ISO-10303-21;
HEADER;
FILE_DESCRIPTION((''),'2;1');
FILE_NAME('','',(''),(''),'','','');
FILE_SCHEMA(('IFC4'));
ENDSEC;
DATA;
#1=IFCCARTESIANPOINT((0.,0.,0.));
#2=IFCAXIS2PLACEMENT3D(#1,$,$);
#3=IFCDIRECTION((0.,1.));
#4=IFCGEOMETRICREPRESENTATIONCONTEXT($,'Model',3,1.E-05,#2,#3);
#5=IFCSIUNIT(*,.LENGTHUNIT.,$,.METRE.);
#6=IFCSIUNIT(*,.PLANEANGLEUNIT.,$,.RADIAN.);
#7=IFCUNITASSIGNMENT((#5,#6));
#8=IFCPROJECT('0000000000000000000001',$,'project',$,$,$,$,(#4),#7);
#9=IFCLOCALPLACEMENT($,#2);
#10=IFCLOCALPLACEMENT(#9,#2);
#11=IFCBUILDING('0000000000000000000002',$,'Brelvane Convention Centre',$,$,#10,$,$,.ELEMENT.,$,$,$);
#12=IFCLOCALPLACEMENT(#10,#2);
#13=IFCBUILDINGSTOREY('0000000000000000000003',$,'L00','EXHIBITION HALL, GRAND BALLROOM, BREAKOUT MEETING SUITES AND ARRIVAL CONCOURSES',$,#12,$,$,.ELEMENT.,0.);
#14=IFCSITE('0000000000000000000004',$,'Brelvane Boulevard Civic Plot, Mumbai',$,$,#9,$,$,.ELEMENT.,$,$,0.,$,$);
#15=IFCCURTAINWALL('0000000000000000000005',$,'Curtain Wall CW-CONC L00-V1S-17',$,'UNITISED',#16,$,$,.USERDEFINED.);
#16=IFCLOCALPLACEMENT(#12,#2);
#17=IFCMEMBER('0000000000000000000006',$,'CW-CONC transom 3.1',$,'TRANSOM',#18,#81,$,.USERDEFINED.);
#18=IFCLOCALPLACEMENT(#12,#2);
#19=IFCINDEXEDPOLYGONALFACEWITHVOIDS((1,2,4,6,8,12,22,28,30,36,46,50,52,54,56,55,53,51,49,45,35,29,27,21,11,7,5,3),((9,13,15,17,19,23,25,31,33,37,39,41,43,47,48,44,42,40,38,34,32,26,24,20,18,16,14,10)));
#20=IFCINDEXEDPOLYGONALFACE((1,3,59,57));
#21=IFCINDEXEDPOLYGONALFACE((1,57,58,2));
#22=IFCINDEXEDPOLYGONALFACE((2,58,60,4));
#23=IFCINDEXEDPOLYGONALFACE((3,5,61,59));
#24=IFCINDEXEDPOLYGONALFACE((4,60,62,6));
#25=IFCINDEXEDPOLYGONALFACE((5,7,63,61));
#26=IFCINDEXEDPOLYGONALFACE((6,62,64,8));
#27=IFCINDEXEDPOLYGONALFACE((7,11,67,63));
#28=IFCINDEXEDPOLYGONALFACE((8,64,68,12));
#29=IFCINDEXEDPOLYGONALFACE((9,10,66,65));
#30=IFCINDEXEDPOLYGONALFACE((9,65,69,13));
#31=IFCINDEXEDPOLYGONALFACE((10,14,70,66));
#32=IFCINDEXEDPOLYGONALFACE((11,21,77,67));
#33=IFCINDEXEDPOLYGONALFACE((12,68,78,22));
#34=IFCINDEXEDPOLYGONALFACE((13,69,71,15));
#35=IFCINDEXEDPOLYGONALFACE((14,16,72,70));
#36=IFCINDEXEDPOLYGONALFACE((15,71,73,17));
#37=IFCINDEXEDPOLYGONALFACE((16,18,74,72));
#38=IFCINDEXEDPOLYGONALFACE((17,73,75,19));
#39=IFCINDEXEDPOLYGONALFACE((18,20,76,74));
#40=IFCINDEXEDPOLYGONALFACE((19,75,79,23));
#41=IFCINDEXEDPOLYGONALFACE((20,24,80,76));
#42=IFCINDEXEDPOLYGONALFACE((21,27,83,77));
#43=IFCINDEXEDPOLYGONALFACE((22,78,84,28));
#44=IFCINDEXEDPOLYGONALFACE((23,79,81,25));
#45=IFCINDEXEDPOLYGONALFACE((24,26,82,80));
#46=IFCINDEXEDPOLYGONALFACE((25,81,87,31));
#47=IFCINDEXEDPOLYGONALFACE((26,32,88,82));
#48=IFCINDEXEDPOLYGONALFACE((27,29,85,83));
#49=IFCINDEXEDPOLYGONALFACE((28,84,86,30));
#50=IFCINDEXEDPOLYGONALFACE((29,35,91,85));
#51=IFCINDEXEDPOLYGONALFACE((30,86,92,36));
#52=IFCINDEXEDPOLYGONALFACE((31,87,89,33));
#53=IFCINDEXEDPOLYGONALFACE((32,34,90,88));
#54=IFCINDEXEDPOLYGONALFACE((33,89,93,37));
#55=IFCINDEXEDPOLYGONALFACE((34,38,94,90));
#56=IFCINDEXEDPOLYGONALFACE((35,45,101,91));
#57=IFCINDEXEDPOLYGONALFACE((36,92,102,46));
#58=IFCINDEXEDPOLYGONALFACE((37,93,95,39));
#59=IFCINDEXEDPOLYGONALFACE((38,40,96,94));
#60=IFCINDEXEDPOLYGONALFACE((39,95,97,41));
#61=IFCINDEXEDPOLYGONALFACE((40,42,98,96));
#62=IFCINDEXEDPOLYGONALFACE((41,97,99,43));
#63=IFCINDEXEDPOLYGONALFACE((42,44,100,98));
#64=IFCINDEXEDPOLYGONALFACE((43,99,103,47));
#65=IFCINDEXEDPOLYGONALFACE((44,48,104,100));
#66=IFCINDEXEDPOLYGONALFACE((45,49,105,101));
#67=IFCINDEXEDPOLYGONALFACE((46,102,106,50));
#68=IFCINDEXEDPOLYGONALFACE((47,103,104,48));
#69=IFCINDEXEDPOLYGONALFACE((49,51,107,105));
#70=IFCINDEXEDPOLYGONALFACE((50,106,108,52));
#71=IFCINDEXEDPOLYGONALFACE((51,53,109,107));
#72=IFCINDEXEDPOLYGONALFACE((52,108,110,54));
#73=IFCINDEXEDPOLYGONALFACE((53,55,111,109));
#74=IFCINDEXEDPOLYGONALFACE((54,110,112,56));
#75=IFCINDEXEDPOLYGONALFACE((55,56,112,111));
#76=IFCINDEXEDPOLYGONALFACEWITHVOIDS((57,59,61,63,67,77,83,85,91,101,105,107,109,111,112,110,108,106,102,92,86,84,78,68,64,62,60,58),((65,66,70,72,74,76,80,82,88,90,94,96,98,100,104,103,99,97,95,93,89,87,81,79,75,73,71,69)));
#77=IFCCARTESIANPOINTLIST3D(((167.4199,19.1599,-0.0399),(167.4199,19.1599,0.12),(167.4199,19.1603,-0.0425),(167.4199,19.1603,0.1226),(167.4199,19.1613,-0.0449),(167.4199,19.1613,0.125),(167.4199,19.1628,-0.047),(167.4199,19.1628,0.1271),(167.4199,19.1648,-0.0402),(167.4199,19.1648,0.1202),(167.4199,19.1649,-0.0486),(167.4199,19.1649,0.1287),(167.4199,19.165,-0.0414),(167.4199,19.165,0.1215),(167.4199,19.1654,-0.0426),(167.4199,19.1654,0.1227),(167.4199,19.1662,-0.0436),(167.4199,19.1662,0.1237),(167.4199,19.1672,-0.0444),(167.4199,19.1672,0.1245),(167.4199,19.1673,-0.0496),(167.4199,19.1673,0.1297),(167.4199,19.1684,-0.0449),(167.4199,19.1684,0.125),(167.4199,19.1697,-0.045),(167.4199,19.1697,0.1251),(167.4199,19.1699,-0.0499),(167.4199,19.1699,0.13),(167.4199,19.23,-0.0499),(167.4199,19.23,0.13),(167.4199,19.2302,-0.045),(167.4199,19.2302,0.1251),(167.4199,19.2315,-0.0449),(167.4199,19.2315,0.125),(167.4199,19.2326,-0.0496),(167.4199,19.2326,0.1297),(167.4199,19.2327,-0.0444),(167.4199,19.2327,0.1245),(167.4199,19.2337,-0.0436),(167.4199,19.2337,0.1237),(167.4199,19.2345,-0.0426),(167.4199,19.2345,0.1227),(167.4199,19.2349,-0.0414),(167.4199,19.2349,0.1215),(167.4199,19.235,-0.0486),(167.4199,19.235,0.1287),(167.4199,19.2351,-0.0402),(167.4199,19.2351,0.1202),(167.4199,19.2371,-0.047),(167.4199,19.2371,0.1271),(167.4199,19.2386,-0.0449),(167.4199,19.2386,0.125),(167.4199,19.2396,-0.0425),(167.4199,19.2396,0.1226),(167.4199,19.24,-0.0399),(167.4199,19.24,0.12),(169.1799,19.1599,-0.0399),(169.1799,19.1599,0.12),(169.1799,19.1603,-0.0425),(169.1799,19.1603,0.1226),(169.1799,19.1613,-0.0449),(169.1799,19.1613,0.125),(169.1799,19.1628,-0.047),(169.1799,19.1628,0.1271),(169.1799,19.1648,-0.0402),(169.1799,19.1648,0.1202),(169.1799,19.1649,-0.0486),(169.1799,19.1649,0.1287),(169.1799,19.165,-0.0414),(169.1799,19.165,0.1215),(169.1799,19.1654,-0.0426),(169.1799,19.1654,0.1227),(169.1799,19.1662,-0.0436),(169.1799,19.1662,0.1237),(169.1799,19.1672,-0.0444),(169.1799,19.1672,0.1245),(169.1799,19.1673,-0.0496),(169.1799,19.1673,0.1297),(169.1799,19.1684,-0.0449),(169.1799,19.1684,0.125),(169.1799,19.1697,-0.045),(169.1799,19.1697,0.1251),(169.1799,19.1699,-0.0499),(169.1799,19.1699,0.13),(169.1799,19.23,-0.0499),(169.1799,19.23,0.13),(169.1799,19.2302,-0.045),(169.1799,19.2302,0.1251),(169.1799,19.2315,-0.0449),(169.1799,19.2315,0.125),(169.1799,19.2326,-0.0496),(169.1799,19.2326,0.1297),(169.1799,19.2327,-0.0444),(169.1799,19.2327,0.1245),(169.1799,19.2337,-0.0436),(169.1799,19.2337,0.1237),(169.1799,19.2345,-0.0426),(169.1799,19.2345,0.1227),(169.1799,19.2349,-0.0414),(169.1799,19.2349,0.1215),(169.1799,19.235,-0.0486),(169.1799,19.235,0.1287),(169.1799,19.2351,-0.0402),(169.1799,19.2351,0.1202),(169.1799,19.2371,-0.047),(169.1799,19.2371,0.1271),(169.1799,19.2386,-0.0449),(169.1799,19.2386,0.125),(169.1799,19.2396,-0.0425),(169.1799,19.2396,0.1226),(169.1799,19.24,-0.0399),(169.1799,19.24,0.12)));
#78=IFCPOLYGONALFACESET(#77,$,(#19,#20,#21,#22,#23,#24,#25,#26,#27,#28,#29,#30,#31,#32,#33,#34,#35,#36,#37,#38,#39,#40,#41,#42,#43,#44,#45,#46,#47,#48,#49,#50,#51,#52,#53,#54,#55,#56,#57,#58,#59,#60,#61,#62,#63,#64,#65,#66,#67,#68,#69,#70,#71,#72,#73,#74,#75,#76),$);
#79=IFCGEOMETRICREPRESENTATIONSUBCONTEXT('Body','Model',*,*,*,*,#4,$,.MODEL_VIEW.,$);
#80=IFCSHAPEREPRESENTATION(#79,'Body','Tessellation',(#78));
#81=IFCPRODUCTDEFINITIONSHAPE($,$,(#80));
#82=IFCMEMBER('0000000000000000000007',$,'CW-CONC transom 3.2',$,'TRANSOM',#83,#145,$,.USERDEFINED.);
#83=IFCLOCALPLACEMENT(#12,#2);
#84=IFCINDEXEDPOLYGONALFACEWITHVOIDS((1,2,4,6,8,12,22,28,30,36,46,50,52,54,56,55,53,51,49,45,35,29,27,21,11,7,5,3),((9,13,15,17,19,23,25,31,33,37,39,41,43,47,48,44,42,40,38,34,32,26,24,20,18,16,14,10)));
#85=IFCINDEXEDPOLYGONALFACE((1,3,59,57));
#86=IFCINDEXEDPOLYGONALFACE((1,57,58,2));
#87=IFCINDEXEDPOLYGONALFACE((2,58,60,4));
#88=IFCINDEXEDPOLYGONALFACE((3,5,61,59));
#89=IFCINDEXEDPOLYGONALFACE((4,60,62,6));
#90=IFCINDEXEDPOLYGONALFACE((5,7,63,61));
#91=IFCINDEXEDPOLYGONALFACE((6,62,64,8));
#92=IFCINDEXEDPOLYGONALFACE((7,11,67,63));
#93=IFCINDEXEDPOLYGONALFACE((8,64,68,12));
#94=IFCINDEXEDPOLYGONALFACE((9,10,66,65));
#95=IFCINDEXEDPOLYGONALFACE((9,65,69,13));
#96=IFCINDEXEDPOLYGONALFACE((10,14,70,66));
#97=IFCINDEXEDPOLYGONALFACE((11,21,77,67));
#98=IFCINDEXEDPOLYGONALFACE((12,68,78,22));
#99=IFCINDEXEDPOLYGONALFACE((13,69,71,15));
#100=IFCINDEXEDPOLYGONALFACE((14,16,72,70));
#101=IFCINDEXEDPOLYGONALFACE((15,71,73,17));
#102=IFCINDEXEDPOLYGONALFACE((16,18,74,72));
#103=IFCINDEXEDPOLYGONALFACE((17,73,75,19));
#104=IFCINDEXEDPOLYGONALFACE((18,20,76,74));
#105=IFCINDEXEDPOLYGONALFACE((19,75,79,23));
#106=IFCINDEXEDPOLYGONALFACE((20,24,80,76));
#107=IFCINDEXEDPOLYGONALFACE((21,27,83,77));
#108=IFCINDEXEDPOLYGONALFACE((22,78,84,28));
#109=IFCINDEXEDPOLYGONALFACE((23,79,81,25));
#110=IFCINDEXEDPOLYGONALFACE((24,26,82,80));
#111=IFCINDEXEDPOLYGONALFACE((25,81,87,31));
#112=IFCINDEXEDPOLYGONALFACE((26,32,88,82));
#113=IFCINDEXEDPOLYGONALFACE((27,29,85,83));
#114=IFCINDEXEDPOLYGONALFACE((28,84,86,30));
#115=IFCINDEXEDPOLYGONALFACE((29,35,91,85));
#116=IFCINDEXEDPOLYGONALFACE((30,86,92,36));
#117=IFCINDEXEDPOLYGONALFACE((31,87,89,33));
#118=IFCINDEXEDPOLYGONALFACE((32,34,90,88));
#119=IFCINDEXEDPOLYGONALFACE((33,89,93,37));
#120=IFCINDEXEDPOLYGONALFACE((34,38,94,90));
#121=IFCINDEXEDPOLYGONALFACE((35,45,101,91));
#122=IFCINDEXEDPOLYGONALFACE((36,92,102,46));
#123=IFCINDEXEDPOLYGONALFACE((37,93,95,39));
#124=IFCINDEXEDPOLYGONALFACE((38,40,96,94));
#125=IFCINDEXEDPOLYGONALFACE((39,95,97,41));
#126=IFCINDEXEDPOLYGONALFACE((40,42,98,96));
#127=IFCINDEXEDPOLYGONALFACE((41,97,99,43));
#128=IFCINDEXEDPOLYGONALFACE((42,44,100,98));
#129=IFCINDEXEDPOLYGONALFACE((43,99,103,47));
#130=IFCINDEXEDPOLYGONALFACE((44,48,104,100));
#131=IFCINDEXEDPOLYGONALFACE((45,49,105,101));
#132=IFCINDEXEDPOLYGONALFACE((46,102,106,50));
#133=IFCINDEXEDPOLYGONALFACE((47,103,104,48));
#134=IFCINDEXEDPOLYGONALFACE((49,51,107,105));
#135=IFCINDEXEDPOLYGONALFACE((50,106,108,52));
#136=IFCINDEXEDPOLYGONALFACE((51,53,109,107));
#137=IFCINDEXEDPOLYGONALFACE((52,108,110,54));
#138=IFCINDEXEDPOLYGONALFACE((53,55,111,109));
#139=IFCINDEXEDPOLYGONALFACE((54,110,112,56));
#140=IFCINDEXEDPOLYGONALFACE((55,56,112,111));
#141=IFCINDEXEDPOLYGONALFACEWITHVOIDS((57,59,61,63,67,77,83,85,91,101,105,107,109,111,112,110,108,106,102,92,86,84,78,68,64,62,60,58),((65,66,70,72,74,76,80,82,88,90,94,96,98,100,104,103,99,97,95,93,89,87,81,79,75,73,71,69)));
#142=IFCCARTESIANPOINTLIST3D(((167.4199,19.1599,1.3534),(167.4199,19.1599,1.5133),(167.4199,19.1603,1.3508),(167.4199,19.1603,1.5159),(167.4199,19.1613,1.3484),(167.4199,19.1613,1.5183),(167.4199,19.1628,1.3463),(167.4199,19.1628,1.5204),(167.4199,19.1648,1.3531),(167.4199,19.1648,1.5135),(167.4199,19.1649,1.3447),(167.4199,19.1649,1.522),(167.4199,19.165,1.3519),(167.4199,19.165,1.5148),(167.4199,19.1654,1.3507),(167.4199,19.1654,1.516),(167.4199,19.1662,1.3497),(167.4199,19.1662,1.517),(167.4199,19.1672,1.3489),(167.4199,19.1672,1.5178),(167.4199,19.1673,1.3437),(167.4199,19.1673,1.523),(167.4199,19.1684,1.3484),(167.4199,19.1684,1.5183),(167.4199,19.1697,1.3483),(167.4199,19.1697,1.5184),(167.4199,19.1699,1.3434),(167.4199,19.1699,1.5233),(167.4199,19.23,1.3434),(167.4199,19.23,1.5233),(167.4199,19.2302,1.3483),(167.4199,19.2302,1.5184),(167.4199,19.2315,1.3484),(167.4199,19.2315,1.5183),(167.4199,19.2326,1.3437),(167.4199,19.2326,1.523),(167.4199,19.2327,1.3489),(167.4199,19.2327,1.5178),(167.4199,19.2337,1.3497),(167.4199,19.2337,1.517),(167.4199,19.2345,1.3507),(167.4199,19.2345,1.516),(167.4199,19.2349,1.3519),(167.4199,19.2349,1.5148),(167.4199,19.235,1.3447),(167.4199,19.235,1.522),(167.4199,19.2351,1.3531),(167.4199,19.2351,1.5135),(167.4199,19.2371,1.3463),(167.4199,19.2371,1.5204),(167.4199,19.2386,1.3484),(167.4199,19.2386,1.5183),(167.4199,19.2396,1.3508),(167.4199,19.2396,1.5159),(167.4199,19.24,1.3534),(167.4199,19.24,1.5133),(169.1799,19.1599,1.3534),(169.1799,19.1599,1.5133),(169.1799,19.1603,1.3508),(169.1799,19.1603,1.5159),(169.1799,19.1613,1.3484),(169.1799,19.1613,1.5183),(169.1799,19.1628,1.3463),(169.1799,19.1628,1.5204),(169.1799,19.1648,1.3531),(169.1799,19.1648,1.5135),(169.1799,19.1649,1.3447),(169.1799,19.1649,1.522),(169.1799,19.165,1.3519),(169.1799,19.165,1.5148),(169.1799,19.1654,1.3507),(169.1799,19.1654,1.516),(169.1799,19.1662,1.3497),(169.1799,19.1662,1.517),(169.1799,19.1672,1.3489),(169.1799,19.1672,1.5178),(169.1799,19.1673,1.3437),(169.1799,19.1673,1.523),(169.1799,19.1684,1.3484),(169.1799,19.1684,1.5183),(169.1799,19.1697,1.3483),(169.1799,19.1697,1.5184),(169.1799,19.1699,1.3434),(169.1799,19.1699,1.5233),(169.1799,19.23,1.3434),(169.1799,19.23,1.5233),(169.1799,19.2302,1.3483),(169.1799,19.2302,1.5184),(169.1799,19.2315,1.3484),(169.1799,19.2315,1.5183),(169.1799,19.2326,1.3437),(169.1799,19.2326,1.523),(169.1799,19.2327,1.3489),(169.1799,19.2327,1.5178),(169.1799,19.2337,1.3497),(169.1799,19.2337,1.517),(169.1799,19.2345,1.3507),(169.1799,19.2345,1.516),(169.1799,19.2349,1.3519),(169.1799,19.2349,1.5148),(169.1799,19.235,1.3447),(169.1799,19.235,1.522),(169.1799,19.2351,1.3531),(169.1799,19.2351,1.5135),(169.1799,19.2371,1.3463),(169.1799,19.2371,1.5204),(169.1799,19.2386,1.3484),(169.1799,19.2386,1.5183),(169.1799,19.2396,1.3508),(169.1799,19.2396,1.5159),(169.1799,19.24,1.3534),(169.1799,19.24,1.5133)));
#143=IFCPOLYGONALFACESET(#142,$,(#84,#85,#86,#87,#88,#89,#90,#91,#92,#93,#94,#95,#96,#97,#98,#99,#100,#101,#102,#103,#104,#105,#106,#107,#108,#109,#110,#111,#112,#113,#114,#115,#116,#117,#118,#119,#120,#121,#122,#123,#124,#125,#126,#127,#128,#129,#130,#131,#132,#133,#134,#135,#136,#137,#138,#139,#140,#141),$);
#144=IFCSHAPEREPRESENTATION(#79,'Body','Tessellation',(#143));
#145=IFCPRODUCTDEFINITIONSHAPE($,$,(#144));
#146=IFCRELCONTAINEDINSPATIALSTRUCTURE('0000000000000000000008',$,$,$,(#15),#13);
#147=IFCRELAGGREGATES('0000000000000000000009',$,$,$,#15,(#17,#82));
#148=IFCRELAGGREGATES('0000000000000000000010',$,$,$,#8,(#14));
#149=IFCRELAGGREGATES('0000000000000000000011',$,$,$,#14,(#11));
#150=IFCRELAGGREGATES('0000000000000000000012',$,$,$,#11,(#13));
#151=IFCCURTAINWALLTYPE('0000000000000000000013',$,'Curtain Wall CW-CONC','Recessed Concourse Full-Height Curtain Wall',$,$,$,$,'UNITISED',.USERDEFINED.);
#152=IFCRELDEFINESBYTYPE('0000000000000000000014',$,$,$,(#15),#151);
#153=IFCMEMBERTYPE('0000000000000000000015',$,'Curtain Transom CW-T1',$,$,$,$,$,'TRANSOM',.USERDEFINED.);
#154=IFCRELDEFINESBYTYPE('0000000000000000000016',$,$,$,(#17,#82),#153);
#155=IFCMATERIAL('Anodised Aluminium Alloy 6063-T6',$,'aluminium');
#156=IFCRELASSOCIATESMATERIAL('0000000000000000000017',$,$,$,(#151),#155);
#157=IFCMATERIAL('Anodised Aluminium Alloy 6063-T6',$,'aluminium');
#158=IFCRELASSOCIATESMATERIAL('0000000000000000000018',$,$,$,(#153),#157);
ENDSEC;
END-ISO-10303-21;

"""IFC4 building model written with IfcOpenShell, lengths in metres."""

from ifc_helpers import new_model, si_unit, direction, frame, origin, origin_2d, place, context, subcontext, project, spatial, hollow_rectangle, extrude, material, material_profile, profile_set, type_object, element, aggregate, save


model = new_model("IFC4")

# Units and contexts
model_context = context("Model", 3, precision=1e-05, world=origin(), true_north=direction((0.0, 1.0)))
body_context = subcontext(model_context, "Body", "Model", "MODEL_VIEW")
ifc_project = project(units=[si_unit("LENGTHUNIT", "METRE"), si_unit("PLANEANGLEUNIT", "RADIAN")], contexts=[model_context])

# Site, building, storey
site_placement = place(None, origin())
site = spatial("IfcSite", under=ifc_project, at=site_placement, Name="Brelvane Boulevard Civic Plot, Mumbai", CompositionType="ELEMENT", RefElevation=0.0)
building_placement = place(site_placement, origin())
building = spatial("IfcBuilding", under=site, at=building_placement, Name="Brelvane Convention Centre", CompositionType="ELEMENT")
storey_placement = place(building_placement, origin())
storey = spatial("IfcBuildingStorey", under=building, at=storey_placement, Name="L00", Description="EXHIBITION HALL, GRAND BALLROOM, BREAKOUT MEETING SUITES AND ARRIVAL CONCOURSES", CompositionType="ELEMENT", Elevation=0.0)

# Curtain wall, members
ifc_material_1 = material(Name="Anodised Aluminium Alloy 6063-T6", Category="aluminium")
curtain_wall_type = type_object("IfcCurtainWallType", Name="Curtain Wall CW-CONC", Description="Recessed Concourse Full-Height Curtain Wall", ElementType="UNITISED", PredefinedType="USERDEFINED", material=ifc_material_1)
curtain_wall_placement = place(storey_placement, origin())
curtain_wall = element("IfcCurtainWall", 1, at=curtain_wall_placement, inside=storey, type_object=curtain_wall_type, Name="Curtain Wall CW-CONC L00-V1S-17", ObjectType="UNITISED", PredefinedType="USERDEFINED")
ifc_material_2 = material(Name="Anodised Aluminium Alloy 6063-T6", Category="aluminium")
ifc_material_profile_1 = material_profile(ifc_material_2, hollow_rectangle(XDim=0.0801, YDim=0.1799, WallThickness=0.0049, InnerFilletRadius=0.0049, OuterFilletRadius=0.01, at=origin_2d()), Name="ALU-T 180x80x5.0")
ifc_profile_set_1 = profile_set([ifc_material_profile_1], Name="Anodised Aluminium Alloy 6063-T6")
member_type_1 = type_object("IfcMemberType", Name="Curtain Transom CW-T1", ElementType="TRANSOM", PredefinedType="USERDEFINED", material=ifc_profile_set_1)
member_1_placement = place(storey_placement, frame((167.4199, 19.2, 0.04), z_axis=(1.0, 0.0, 0.0), x_axis=(0.0, 1.0, 0.0)))
member_1 = element("IfcMember", 2, at=member_1_placement, type_object=member_type_1, Name="CW-CONC transom 3.1", ObjectType="TRANSOM", PredefinedType="USERDEFINED", context=body_context, shape_type="SweptSolid", body=[
    extrude(hollow_rectangle(XDim=0.0801, YDim=0.1799, WallThickness=0.0049, InnerFilletRadius=0.0049, OuterFilletRadius=0.01, at=origin_2d()), origin(), (0.0, 0.0, 1.0), 1.76),
])
member_2_placement = place(storey_placement, frame((167.4199, 19.2, 1.4333), z_axis=(1.0, 0.0, 0.0), x_axis=(0.0, 1.0, 0.0)))
member_2 = element("IfcMember", 3, at=member_2_placement, type_object=member_type_1, Name="CW-CONC transom 3.2", ObjectType="TRANSOM", PredefinedType="USERDEFINED", context=body_context, shape_type="SweptSolid", body=[
    extrude(hollow_rectangle(XDim=0.0801, YDim=0.1799, WallThickness=0.0049, InnerFilletRadius=0.0049, OuterFilletRadius=0.01, at=origin_2d()), origin(), (0.0, 0.0, 1.0), 1.76),
])

aggregate(curtain_wall, [member_1, member_2])

save(model, "model.ifc")
